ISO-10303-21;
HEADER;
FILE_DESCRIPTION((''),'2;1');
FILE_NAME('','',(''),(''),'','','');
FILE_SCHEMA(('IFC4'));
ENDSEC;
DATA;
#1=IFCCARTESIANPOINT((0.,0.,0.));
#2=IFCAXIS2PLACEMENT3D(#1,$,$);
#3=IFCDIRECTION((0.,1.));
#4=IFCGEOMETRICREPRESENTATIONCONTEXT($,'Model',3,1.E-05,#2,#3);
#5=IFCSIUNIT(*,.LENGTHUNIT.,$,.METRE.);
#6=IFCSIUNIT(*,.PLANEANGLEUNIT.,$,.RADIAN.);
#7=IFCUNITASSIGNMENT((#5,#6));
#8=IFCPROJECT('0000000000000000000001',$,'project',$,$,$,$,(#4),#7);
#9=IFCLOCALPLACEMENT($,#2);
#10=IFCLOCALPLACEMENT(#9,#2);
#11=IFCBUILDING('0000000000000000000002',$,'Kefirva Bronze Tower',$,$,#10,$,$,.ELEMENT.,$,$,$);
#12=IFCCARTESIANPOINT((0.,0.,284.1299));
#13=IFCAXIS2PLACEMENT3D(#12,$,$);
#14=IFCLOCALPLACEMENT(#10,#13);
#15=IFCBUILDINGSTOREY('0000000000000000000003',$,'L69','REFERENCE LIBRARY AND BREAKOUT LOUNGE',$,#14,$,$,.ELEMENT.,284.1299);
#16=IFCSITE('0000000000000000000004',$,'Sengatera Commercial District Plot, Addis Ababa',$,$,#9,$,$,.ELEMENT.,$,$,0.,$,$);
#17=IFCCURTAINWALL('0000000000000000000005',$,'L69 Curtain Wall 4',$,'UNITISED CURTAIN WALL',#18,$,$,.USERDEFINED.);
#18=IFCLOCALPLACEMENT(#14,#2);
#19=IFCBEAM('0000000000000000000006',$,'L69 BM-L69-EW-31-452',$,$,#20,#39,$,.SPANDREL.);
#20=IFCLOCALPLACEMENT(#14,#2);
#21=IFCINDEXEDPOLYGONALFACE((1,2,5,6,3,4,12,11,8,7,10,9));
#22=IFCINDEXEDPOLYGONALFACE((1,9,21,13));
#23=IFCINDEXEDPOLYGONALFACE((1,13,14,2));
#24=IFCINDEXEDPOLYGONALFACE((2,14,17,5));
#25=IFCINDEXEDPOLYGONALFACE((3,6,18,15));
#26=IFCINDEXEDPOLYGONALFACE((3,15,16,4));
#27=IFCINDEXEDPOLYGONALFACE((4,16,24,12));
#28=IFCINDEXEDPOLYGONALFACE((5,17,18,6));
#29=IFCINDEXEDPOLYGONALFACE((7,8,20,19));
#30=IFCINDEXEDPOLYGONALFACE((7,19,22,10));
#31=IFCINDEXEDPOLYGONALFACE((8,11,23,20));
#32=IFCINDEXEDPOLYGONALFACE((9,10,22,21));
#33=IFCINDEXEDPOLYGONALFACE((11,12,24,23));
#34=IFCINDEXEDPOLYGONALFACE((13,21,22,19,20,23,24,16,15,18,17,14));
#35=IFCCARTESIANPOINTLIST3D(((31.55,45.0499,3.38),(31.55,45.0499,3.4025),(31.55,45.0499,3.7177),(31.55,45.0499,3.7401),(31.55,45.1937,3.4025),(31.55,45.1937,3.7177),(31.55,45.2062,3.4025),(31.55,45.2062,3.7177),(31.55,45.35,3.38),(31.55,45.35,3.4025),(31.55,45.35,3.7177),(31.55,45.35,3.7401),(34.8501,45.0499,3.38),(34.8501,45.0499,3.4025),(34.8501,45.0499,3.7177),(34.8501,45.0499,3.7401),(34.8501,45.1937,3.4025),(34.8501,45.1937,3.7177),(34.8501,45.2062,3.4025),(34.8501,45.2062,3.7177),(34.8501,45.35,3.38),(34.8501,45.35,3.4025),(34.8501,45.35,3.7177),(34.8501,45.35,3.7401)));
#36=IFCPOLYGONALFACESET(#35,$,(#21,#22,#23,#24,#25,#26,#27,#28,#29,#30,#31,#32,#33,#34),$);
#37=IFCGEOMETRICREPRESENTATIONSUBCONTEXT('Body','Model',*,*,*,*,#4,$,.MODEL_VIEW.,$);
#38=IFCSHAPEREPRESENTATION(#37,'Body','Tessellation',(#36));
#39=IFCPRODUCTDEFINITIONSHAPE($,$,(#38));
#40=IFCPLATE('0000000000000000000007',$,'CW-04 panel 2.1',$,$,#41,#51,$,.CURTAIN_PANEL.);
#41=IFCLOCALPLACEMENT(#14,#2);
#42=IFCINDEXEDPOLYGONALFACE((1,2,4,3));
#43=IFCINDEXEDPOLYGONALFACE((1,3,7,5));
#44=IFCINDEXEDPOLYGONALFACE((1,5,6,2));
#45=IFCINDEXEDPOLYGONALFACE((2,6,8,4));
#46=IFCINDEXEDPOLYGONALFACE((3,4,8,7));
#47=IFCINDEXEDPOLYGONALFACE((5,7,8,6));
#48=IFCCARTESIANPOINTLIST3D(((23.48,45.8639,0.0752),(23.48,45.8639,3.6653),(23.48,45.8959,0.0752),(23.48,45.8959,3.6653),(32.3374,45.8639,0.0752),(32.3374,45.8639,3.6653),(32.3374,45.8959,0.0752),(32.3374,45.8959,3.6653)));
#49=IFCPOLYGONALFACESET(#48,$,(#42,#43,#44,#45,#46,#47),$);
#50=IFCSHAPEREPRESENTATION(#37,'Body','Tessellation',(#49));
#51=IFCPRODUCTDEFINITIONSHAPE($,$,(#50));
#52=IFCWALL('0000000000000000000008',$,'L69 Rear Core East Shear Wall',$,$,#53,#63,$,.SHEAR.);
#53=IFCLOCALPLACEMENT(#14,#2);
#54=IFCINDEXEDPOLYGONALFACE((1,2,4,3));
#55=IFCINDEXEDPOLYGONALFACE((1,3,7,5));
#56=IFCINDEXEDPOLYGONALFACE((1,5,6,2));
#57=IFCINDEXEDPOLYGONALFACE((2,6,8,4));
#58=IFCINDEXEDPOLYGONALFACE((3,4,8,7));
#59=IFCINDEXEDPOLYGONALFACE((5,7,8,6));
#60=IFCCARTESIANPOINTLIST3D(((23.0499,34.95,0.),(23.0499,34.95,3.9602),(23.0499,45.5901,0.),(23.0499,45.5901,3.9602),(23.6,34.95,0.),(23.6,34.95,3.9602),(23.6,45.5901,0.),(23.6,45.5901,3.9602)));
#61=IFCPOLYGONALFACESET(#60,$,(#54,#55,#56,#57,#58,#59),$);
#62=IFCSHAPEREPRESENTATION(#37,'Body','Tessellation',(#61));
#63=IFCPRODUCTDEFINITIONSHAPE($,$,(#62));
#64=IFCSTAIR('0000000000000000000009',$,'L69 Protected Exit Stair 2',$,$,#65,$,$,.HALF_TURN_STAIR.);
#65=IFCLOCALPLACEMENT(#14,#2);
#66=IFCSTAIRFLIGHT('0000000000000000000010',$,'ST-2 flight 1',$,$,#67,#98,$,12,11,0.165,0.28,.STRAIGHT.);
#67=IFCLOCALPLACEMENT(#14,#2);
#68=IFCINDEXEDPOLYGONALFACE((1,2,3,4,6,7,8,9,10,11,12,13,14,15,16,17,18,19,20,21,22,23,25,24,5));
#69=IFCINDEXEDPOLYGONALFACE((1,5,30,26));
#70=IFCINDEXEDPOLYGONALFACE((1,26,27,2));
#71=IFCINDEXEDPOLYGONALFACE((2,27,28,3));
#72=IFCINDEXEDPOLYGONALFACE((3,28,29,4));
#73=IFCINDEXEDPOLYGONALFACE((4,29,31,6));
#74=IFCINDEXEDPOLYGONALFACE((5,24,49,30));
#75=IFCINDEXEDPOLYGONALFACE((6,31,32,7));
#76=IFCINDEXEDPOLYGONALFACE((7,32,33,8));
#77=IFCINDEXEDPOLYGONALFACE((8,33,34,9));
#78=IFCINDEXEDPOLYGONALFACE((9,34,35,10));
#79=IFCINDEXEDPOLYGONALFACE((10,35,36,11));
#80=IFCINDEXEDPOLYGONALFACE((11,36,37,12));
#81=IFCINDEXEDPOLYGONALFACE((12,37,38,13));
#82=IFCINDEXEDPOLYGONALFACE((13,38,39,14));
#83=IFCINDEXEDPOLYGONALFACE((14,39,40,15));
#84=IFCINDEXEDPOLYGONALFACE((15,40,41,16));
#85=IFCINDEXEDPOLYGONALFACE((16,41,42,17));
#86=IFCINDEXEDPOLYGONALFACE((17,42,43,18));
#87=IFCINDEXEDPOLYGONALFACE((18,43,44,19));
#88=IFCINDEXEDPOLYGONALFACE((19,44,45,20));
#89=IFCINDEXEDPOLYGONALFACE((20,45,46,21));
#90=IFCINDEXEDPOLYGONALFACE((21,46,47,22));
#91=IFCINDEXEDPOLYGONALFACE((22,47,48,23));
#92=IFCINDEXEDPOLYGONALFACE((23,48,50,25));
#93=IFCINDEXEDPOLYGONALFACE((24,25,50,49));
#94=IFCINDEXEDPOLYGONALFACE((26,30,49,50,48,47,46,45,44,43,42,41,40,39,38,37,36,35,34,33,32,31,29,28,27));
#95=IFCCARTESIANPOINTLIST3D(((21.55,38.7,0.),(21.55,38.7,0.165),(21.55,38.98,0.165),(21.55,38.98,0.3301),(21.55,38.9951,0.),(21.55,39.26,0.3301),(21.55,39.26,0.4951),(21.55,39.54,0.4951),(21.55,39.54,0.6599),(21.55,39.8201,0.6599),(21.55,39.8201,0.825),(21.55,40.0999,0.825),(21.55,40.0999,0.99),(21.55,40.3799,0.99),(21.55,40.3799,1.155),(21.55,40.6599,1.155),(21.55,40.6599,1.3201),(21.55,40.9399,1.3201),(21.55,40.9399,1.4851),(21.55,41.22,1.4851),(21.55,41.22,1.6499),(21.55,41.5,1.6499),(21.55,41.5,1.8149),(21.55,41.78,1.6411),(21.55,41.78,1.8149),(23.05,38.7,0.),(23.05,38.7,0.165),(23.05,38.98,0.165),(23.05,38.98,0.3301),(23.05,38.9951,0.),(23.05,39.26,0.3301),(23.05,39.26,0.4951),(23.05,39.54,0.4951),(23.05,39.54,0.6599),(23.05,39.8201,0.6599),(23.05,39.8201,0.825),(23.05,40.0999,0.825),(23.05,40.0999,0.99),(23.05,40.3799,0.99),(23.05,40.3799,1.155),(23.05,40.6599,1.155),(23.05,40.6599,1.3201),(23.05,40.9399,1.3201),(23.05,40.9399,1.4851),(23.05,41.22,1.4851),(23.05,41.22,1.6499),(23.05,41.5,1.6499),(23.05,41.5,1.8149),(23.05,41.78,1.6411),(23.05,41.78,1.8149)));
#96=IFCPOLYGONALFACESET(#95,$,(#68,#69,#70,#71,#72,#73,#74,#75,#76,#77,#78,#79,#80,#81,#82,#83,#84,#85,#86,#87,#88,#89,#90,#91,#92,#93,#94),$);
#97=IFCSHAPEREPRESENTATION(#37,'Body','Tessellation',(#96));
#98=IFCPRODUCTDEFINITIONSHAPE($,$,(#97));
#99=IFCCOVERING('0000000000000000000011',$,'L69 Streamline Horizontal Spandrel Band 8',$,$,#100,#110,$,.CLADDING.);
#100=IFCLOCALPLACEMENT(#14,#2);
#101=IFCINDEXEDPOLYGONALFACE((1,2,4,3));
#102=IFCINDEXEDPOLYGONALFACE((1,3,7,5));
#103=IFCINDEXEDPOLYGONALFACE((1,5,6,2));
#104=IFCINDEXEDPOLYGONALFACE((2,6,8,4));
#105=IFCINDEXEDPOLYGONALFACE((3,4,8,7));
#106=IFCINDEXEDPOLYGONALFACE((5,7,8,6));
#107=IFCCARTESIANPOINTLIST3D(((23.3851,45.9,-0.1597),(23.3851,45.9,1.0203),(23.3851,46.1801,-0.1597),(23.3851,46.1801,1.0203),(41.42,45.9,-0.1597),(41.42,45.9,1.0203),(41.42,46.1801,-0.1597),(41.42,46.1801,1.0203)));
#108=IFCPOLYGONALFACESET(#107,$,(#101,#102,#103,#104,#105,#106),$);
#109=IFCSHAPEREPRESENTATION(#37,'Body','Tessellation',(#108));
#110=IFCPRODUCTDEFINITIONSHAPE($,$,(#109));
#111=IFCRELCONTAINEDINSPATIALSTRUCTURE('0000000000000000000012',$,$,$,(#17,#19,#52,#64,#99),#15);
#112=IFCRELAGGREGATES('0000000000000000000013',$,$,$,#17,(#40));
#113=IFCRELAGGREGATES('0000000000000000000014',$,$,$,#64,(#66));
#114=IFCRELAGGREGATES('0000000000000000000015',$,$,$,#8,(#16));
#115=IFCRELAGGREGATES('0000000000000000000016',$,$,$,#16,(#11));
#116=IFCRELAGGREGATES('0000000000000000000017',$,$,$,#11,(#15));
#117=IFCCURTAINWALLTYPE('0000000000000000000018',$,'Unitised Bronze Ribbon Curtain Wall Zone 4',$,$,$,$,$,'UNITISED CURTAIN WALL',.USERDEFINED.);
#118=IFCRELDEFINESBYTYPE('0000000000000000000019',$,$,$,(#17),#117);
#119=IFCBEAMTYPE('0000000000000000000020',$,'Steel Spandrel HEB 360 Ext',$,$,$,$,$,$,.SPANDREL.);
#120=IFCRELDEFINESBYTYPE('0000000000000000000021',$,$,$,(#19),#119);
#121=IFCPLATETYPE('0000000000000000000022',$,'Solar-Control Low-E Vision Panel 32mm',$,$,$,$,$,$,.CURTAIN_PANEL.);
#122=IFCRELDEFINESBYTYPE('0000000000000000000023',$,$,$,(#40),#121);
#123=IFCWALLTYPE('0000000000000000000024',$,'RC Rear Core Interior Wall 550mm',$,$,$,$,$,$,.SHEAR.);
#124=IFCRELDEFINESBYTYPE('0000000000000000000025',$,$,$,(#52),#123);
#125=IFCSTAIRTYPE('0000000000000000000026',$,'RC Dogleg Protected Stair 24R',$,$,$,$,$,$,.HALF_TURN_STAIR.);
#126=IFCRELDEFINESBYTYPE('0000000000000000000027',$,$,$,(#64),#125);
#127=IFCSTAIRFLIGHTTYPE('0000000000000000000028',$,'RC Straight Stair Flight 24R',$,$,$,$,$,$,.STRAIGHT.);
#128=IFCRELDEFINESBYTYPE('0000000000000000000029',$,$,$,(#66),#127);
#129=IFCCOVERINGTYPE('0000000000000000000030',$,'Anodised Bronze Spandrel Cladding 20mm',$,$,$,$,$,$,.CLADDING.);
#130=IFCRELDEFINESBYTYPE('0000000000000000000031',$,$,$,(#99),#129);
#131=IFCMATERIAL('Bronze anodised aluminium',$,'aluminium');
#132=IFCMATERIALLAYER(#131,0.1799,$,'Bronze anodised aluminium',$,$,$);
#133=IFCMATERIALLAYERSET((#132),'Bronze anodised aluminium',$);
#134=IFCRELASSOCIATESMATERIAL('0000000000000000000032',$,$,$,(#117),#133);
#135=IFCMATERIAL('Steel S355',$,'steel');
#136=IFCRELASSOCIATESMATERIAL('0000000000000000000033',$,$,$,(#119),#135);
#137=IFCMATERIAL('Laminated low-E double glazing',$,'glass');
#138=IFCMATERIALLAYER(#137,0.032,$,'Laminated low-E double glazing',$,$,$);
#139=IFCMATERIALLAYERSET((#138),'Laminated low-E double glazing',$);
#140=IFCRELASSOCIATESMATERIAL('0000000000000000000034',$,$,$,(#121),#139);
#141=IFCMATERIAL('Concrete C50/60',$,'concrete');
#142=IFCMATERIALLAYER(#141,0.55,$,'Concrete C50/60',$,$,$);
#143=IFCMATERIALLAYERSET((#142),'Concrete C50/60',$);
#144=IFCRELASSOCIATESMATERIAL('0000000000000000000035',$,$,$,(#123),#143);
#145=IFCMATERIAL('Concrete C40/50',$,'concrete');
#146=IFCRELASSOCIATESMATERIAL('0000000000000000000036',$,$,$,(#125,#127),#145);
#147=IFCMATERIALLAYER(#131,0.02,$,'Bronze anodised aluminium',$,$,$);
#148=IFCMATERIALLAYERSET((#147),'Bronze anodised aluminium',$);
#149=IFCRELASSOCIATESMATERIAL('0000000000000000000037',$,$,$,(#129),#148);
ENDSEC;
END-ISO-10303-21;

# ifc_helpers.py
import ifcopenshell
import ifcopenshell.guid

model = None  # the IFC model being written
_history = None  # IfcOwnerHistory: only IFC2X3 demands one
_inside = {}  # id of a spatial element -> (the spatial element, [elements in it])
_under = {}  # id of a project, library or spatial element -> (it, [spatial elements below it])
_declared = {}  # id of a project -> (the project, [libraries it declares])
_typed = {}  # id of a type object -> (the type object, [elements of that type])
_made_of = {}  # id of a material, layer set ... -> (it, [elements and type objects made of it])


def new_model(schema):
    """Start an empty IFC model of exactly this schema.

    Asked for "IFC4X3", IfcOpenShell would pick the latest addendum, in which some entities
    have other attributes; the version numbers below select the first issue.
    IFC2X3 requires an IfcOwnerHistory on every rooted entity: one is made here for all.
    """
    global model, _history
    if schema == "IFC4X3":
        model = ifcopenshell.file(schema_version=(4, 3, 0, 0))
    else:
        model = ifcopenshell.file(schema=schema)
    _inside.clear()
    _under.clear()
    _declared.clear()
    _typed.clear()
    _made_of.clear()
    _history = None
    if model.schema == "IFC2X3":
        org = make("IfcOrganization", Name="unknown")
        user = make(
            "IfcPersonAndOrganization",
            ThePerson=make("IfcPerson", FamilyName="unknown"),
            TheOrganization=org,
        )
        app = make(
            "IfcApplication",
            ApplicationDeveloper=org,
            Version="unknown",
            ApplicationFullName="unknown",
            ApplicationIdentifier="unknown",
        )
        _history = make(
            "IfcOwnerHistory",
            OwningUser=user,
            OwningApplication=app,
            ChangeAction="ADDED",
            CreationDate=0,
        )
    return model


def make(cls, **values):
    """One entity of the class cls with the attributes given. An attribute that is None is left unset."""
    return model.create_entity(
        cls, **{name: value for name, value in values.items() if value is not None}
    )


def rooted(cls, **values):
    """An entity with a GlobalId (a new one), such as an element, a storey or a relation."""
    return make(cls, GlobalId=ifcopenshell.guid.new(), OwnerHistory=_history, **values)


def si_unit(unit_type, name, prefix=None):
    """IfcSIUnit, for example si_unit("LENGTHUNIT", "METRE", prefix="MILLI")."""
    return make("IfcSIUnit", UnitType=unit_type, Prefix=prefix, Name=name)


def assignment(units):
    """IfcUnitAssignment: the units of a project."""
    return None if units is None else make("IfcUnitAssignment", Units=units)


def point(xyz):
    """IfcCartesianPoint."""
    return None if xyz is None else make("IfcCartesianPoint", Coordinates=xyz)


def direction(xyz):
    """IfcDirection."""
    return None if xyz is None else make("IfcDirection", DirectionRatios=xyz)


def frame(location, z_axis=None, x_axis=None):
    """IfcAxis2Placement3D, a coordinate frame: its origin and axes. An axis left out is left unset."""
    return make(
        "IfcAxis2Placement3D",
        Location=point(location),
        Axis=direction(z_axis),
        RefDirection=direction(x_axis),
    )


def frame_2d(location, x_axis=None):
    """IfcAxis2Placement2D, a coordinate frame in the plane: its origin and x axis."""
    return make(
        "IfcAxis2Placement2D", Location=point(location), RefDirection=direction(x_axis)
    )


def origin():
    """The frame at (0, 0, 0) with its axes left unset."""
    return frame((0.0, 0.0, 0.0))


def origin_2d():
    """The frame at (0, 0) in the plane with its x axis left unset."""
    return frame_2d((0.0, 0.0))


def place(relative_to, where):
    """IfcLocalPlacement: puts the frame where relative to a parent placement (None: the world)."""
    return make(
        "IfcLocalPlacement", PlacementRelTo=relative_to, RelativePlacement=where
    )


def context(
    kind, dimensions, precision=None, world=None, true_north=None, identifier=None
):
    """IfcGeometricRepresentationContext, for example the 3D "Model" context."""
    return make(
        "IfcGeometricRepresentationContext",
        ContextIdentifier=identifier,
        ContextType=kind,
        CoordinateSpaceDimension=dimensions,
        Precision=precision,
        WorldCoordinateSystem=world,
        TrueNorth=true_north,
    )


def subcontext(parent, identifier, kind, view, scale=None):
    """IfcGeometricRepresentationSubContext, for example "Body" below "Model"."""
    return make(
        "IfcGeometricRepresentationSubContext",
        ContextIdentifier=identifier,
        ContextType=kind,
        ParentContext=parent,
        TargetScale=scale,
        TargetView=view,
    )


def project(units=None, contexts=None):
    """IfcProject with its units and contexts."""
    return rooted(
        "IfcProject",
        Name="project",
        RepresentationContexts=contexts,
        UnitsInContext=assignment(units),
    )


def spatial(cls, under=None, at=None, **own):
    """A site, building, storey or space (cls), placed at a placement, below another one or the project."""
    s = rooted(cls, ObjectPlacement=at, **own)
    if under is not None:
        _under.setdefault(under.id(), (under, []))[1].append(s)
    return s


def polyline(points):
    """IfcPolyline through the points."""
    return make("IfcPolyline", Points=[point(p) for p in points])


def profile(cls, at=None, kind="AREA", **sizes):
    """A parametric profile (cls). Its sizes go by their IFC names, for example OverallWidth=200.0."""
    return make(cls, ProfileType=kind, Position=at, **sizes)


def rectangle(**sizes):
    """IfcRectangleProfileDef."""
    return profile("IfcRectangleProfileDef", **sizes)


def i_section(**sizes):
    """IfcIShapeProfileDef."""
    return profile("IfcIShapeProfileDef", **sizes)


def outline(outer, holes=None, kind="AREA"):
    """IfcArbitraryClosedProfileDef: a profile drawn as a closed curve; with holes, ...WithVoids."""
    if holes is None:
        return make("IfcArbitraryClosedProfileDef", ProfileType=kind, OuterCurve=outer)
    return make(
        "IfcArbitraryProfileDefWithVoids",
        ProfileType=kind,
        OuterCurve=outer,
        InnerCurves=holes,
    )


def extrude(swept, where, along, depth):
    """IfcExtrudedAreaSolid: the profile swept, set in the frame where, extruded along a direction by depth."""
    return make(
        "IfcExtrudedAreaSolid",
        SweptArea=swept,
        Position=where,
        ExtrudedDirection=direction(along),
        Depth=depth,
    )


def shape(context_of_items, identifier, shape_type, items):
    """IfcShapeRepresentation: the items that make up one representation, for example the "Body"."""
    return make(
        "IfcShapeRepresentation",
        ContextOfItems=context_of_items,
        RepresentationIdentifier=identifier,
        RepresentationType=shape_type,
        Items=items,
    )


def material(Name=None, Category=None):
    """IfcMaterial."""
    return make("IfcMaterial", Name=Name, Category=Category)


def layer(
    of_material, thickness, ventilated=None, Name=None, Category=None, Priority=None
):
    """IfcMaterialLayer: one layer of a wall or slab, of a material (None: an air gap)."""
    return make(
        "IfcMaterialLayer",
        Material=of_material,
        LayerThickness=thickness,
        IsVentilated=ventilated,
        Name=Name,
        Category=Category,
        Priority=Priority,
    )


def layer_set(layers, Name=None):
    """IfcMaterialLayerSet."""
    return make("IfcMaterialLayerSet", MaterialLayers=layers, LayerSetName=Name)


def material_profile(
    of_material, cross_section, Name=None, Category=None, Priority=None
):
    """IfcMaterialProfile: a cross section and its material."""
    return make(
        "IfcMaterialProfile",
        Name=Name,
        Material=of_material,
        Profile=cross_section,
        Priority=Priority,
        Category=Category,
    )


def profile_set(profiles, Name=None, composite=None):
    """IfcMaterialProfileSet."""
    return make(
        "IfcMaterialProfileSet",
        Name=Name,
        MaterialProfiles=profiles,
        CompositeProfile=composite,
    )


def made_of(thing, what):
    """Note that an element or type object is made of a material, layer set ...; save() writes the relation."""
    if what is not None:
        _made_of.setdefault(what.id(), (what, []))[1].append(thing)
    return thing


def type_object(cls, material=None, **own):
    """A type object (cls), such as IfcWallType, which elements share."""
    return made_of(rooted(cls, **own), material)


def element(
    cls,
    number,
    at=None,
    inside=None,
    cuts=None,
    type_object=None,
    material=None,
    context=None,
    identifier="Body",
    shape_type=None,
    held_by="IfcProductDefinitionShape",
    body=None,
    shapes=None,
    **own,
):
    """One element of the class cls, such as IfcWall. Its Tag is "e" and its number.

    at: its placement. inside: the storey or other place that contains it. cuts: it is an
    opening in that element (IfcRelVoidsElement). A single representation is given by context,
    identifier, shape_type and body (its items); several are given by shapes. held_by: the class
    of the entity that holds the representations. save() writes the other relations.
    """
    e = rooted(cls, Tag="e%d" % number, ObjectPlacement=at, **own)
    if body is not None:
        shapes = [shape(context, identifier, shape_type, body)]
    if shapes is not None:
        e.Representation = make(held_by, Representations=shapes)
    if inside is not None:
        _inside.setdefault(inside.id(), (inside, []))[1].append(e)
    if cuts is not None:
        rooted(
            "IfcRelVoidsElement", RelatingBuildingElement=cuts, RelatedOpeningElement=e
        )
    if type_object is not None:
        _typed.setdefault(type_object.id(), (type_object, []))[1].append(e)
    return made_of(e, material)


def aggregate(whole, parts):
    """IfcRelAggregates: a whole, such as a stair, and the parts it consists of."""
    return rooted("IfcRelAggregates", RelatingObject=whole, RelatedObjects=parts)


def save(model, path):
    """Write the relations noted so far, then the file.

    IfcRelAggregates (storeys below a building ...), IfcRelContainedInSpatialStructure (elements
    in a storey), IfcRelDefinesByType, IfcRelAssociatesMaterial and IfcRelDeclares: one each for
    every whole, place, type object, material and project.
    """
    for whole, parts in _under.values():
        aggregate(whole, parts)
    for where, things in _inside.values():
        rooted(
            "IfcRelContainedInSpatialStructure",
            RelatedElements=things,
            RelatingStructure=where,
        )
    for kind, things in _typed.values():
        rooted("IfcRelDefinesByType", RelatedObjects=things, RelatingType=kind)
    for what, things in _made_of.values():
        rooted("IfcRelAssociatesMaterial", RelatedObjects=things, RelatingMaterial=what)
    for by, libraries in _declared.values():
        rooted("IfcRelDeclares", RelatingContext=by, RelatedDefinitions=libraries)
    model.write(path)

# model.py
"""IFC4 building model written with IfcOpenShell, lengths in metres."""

from ifc_helpers import new_model, si_unit, direction, frame, frame_2d, origin, origin_2d, place, context, subcontext, project, spatial, polyline, rectangle, i_section, outline, extrude, material, layer, layer_set, material_profile, profile_set, type_object, element, aggregate, save


model = new_model("IFC4")

# Units and contexts
model_context = context("Model", 3, precision=1e-05, world=origin(), true_north=direction((0.0, 1.0)))
body_context = subcontext(model_context, "Body", "Model", "MODEL_VIEW")
ifc_project = project(units=[si_unit("LENGTHUNIT", "METRE"), si_unit("PLANEANGLEUNIT", "RADIAN")], contexts=[model_context])

# Site, building, storey
site_placement = place(None, origin())
site = spatial("IfcSite", under=ifc_project, at=site_placement, Name="Sengatera Commercial District Plot, Addis Ababa", CompositionType="ELEMENT", RefElevation=0.0)
building_placement = place(site_placement, origin())
building = spatial("IfcBuilding", under=site, at=building_placement, Name="Kefirva Bronze Tower", CompositionType="ELEMENT")
storey_placement = place(building_placement, frame((0.0, 0.0, 284.1299)))
storey = spatial("IfcBuildingStorey", under=building, at=storey_placement, Name="L69", Description="REFERENCE LIBRARY AND BREAKOUT LOUNGE", CompositionType="ELEMENT", Elevation=284.1299)

# Shared definitions
ifc_material_1 = material(Name="Concrete C50/60", Category="concrete")

# Curtain wall
ifc_material_2 = material(Name="Bronze anodised aluminium", Category="aluminium")
ifc_layer_1 = layer(ifc_material_2, 0.1799, Name="Bronze anodised aluminium")
ifc_layer_set_1 = layer_set([ifc_layer_1], Name="Bronze anodised aluminium")
curtain_wall_type = type_object("IfcCurtainWallType", Name="Unitised Bronze Ribbon Curtain Wall Zone 4", ElementType="UNITISED CURTAIN WALL", PredefinedType="USERDEFINED", material=ifc_layer_set_1)
curtain_wall_placement = place(storey_placement, origin())
curtain_wall = element("IfcCurtainWall", 1, at=curtain_wall_placement, inside=storey, type_object=curtain_wall_type, Name="L69 Curtain Wall 4", ObjectType="UNITISED CURTAIN WALL", PredefinedType="USERDEFINED")

# Beam
ifc_material_3 = material(Name="Steel S355", Category="steel")
ifc_material_profile_1 = material_profile(ifc_material_3, i_section(OverallWidth=0.3, OverallDepth=0.3601, WebThickness=0.0125, FlangeThickness=0.0225, at=origin_2d()), Name="HEB 360")
ifc_profile_set_1 = profile_set([ifc_material_profile_1], Name="Steel S355")
beam_type_1 = type_object("IfcBeamType", Name="Steel Spandrel HEB 360 Ext", PredefinedType="SPANDREL", material=ifc_profile_set_1)
beam_1_placement = place(storey_placement, frame((31.55, 45.2, 3.5601), z_axis=(1.0, 0.0, 0.0), x_axis=(0.0, 1.0, 0.0)))
element("IfcBeam", 2, at=beam_1_placement, inside=storey, type_object=beam_type_1, Name="L69 BM-L69-EW-31-452", PredefinedType="SPANDREL", context=body_context, shape_type="SweptSolid", body=[
    extrude(i_section(OverallWidth=0.3, OverallDepth=0.3601, WebThickness=0.0125, FlangeThickness=0.0225, at=origin_2d()), origin(), (0.0, 0.0, 1.0), 3.3),
])

# Plate
ifc_material_4 = material(Name="Laminated low-E double glazing", Category="glass")
ifc_layer_2 = layer(ifc_material_4, 0.032, Name="Laminated low-E double glazing")
ifc_layer_set_2 = layer_set([ifc_layer_2], Name="Laminated low-E double glazing")
plate_type = type_object("IfcPlateType", Name="Solar-Control Low-E Vision Panel 32mm", PredefinedType="CURTAIN_PANEL", material=ifc_layer_set_2)
plate_placement = place(storey_placement, frame((27.9087, 45.8799, 0.0752), z_axis=(0.0, 0.0, 1.0), x_axis=(-1.0, 0.0, 0.0)))
plate = element("IfcPlate", 3, at=plate_placement, type_object=plate_type, Name="CW-04 panel 2.1", PredefinedType="CURTAIN_PANEL", context=body_context, shape_type="SweptSolid", body=[
    extrude(rectangle(XDim=8.8574, YDim=0.032, at=origin_2d()), origin(), (0.0, 0.0, 1.0), 3.5901),
])
aggregate(curtain_wall, [plate])

# Wall
ifc_layer_3 = layer(ifc_material_1, 0.55, Name="Concrete C50/60")
ifc_layer_set_3 = layer_set([ifc_layer_3], Name="Concrete C50/60")
wall_type = type_object("IfcWallType", Name="RC Rear Core Interior Wall 550mm", PredefinedType="SHEAR", material=ifc_layer_set_3)
wall_placement = place(storey_placement, frame((23.325, 34.95, 0.0), z_axis=(0.0, 0.0, 1.0), x_axis=(0.0, 1.0, 0.0)))
element("IfcWall", 4, at=wall_placement, inside=storey, type_object=wall_type, Name="L69 Rear Core East Shear Wall", PredefinedType="SHEAR", context=body_context, shape_type="SweptSolid", body=[
    extrude(rectangle(XDim=10.6401, YDim=0.55, at=frame_2d((5.3201, 0.0))), origin(), (0.0, 0.0, 1.0), 3.9602),
])

# Stair, stair flight
ifc_material_5 = material(Name="Concrete C40/50", Category="concrete")
stair_type = type_object("IfcStairType", Name="RC Dogleg Protected Stair 24R", PredefinedType="HALF_TURN_STAIR", material=ifc_material_5)
stair_placement = place(storey_placement, origin())
stair = element("IfcStair", 5, at=stair_placement, inside=storey, type_object=stair_type, Name="L69 Protected Exit Stair 2", PredefinedType="HALF_TURN_STAIR")
stair_flight_type = type_object("IfcStairFlightType", Name="RC Straight Stair Flight 24R", PredefinedType="STRAIGHT", material=ifc_material_5)
stair_flight_placement = place(storey_placement, frame((22.3, 38.7, 0.0), z_axis=(0.0, 0.0, 1.0), x_axis=(0.0, 1.0, 0.0)))
stair_flight = element("IfcStairFlight", 6, at=stair_flight_placement, type_object=stair_flight_type, Name="ST-2 flight 1", NumberOfRisers=12, NumberOfTreads=11, PredefinedType="STRAIGHT", RiserHeight=0.165, TreadLength=0.28, context=body_context, shape_type="SweptSolid", body=[
    extrude(outline(polyline([(0.0, 0.0), (0.0, 0.165), (0.28, 0.165), (0.28, 0.3301), (0.5601, 0.3301), (0.5601, 0.4951), (0.8401, 0.4951), (0.8401, 0.6599), (1.1201, 0.6599), (1.1201, 0.825), (1.3999, 0.825), (1.3999, 0.99), (1.6799, 0.99), (1.6799, 1.155), (1.96, 1.155), (1.96, 1.3201), (2.24, 1.3201), (2.24, 1.4851), (2.52, 1.4851), (2.52, 1.6499), (2.8, 1.6499), (2.8, 1.8149), (3.0801, 1.8149), (3.0801, 1.98), (3.0801, 1.6411), (0.2952, 0.0), (0.0, 0.0)])), frame((0.0, 0.75, 0.0), z_axis=(0.0, -1.0, 0.0), x_axis=(1.0, 0.0, 0.0)), (0.0, 0.0, 1.0), 1.5),
])
aggregate(stair, [stair_flight])

# Covering
ifc_layer_4 = layer(ifc_material_2, 0.02, Name="Bronze anodised aluminium")
ifc_layer_set_4 = layer_set([ifc_layer_4], Name="Bronze anodised aluminium")
covering_type_1 = type_object("IfcCoveringType", Name="Anodised Bronze Spandrel Cladding 20mm", PredefinedType="CLADDING", material=ifc_layer_set_4)
covering_1_placement = place(storey_placement, frame((32.4026, 46.04, -0.1597), z_axis=(0.0, 0.0, 1.0), x_axis=(-1.0, 0.0, 0.0)))
element("IfcCovering", 7, at=covering_1_placement, inside=storey, type_object=covering_type_1, Name="L69 Streamline Horizontal Spandrel Band 8", PredefinedType="CLADDING", context=body_context, shape_type="SweptSolid", body=[
    extrude(rectangle(XDim=18.0349, YDim=0.28, at=origin_2d()), origin(), (0.0, 0.0, 1.0), 1.1799),
])

save(model, "model.ifc")
